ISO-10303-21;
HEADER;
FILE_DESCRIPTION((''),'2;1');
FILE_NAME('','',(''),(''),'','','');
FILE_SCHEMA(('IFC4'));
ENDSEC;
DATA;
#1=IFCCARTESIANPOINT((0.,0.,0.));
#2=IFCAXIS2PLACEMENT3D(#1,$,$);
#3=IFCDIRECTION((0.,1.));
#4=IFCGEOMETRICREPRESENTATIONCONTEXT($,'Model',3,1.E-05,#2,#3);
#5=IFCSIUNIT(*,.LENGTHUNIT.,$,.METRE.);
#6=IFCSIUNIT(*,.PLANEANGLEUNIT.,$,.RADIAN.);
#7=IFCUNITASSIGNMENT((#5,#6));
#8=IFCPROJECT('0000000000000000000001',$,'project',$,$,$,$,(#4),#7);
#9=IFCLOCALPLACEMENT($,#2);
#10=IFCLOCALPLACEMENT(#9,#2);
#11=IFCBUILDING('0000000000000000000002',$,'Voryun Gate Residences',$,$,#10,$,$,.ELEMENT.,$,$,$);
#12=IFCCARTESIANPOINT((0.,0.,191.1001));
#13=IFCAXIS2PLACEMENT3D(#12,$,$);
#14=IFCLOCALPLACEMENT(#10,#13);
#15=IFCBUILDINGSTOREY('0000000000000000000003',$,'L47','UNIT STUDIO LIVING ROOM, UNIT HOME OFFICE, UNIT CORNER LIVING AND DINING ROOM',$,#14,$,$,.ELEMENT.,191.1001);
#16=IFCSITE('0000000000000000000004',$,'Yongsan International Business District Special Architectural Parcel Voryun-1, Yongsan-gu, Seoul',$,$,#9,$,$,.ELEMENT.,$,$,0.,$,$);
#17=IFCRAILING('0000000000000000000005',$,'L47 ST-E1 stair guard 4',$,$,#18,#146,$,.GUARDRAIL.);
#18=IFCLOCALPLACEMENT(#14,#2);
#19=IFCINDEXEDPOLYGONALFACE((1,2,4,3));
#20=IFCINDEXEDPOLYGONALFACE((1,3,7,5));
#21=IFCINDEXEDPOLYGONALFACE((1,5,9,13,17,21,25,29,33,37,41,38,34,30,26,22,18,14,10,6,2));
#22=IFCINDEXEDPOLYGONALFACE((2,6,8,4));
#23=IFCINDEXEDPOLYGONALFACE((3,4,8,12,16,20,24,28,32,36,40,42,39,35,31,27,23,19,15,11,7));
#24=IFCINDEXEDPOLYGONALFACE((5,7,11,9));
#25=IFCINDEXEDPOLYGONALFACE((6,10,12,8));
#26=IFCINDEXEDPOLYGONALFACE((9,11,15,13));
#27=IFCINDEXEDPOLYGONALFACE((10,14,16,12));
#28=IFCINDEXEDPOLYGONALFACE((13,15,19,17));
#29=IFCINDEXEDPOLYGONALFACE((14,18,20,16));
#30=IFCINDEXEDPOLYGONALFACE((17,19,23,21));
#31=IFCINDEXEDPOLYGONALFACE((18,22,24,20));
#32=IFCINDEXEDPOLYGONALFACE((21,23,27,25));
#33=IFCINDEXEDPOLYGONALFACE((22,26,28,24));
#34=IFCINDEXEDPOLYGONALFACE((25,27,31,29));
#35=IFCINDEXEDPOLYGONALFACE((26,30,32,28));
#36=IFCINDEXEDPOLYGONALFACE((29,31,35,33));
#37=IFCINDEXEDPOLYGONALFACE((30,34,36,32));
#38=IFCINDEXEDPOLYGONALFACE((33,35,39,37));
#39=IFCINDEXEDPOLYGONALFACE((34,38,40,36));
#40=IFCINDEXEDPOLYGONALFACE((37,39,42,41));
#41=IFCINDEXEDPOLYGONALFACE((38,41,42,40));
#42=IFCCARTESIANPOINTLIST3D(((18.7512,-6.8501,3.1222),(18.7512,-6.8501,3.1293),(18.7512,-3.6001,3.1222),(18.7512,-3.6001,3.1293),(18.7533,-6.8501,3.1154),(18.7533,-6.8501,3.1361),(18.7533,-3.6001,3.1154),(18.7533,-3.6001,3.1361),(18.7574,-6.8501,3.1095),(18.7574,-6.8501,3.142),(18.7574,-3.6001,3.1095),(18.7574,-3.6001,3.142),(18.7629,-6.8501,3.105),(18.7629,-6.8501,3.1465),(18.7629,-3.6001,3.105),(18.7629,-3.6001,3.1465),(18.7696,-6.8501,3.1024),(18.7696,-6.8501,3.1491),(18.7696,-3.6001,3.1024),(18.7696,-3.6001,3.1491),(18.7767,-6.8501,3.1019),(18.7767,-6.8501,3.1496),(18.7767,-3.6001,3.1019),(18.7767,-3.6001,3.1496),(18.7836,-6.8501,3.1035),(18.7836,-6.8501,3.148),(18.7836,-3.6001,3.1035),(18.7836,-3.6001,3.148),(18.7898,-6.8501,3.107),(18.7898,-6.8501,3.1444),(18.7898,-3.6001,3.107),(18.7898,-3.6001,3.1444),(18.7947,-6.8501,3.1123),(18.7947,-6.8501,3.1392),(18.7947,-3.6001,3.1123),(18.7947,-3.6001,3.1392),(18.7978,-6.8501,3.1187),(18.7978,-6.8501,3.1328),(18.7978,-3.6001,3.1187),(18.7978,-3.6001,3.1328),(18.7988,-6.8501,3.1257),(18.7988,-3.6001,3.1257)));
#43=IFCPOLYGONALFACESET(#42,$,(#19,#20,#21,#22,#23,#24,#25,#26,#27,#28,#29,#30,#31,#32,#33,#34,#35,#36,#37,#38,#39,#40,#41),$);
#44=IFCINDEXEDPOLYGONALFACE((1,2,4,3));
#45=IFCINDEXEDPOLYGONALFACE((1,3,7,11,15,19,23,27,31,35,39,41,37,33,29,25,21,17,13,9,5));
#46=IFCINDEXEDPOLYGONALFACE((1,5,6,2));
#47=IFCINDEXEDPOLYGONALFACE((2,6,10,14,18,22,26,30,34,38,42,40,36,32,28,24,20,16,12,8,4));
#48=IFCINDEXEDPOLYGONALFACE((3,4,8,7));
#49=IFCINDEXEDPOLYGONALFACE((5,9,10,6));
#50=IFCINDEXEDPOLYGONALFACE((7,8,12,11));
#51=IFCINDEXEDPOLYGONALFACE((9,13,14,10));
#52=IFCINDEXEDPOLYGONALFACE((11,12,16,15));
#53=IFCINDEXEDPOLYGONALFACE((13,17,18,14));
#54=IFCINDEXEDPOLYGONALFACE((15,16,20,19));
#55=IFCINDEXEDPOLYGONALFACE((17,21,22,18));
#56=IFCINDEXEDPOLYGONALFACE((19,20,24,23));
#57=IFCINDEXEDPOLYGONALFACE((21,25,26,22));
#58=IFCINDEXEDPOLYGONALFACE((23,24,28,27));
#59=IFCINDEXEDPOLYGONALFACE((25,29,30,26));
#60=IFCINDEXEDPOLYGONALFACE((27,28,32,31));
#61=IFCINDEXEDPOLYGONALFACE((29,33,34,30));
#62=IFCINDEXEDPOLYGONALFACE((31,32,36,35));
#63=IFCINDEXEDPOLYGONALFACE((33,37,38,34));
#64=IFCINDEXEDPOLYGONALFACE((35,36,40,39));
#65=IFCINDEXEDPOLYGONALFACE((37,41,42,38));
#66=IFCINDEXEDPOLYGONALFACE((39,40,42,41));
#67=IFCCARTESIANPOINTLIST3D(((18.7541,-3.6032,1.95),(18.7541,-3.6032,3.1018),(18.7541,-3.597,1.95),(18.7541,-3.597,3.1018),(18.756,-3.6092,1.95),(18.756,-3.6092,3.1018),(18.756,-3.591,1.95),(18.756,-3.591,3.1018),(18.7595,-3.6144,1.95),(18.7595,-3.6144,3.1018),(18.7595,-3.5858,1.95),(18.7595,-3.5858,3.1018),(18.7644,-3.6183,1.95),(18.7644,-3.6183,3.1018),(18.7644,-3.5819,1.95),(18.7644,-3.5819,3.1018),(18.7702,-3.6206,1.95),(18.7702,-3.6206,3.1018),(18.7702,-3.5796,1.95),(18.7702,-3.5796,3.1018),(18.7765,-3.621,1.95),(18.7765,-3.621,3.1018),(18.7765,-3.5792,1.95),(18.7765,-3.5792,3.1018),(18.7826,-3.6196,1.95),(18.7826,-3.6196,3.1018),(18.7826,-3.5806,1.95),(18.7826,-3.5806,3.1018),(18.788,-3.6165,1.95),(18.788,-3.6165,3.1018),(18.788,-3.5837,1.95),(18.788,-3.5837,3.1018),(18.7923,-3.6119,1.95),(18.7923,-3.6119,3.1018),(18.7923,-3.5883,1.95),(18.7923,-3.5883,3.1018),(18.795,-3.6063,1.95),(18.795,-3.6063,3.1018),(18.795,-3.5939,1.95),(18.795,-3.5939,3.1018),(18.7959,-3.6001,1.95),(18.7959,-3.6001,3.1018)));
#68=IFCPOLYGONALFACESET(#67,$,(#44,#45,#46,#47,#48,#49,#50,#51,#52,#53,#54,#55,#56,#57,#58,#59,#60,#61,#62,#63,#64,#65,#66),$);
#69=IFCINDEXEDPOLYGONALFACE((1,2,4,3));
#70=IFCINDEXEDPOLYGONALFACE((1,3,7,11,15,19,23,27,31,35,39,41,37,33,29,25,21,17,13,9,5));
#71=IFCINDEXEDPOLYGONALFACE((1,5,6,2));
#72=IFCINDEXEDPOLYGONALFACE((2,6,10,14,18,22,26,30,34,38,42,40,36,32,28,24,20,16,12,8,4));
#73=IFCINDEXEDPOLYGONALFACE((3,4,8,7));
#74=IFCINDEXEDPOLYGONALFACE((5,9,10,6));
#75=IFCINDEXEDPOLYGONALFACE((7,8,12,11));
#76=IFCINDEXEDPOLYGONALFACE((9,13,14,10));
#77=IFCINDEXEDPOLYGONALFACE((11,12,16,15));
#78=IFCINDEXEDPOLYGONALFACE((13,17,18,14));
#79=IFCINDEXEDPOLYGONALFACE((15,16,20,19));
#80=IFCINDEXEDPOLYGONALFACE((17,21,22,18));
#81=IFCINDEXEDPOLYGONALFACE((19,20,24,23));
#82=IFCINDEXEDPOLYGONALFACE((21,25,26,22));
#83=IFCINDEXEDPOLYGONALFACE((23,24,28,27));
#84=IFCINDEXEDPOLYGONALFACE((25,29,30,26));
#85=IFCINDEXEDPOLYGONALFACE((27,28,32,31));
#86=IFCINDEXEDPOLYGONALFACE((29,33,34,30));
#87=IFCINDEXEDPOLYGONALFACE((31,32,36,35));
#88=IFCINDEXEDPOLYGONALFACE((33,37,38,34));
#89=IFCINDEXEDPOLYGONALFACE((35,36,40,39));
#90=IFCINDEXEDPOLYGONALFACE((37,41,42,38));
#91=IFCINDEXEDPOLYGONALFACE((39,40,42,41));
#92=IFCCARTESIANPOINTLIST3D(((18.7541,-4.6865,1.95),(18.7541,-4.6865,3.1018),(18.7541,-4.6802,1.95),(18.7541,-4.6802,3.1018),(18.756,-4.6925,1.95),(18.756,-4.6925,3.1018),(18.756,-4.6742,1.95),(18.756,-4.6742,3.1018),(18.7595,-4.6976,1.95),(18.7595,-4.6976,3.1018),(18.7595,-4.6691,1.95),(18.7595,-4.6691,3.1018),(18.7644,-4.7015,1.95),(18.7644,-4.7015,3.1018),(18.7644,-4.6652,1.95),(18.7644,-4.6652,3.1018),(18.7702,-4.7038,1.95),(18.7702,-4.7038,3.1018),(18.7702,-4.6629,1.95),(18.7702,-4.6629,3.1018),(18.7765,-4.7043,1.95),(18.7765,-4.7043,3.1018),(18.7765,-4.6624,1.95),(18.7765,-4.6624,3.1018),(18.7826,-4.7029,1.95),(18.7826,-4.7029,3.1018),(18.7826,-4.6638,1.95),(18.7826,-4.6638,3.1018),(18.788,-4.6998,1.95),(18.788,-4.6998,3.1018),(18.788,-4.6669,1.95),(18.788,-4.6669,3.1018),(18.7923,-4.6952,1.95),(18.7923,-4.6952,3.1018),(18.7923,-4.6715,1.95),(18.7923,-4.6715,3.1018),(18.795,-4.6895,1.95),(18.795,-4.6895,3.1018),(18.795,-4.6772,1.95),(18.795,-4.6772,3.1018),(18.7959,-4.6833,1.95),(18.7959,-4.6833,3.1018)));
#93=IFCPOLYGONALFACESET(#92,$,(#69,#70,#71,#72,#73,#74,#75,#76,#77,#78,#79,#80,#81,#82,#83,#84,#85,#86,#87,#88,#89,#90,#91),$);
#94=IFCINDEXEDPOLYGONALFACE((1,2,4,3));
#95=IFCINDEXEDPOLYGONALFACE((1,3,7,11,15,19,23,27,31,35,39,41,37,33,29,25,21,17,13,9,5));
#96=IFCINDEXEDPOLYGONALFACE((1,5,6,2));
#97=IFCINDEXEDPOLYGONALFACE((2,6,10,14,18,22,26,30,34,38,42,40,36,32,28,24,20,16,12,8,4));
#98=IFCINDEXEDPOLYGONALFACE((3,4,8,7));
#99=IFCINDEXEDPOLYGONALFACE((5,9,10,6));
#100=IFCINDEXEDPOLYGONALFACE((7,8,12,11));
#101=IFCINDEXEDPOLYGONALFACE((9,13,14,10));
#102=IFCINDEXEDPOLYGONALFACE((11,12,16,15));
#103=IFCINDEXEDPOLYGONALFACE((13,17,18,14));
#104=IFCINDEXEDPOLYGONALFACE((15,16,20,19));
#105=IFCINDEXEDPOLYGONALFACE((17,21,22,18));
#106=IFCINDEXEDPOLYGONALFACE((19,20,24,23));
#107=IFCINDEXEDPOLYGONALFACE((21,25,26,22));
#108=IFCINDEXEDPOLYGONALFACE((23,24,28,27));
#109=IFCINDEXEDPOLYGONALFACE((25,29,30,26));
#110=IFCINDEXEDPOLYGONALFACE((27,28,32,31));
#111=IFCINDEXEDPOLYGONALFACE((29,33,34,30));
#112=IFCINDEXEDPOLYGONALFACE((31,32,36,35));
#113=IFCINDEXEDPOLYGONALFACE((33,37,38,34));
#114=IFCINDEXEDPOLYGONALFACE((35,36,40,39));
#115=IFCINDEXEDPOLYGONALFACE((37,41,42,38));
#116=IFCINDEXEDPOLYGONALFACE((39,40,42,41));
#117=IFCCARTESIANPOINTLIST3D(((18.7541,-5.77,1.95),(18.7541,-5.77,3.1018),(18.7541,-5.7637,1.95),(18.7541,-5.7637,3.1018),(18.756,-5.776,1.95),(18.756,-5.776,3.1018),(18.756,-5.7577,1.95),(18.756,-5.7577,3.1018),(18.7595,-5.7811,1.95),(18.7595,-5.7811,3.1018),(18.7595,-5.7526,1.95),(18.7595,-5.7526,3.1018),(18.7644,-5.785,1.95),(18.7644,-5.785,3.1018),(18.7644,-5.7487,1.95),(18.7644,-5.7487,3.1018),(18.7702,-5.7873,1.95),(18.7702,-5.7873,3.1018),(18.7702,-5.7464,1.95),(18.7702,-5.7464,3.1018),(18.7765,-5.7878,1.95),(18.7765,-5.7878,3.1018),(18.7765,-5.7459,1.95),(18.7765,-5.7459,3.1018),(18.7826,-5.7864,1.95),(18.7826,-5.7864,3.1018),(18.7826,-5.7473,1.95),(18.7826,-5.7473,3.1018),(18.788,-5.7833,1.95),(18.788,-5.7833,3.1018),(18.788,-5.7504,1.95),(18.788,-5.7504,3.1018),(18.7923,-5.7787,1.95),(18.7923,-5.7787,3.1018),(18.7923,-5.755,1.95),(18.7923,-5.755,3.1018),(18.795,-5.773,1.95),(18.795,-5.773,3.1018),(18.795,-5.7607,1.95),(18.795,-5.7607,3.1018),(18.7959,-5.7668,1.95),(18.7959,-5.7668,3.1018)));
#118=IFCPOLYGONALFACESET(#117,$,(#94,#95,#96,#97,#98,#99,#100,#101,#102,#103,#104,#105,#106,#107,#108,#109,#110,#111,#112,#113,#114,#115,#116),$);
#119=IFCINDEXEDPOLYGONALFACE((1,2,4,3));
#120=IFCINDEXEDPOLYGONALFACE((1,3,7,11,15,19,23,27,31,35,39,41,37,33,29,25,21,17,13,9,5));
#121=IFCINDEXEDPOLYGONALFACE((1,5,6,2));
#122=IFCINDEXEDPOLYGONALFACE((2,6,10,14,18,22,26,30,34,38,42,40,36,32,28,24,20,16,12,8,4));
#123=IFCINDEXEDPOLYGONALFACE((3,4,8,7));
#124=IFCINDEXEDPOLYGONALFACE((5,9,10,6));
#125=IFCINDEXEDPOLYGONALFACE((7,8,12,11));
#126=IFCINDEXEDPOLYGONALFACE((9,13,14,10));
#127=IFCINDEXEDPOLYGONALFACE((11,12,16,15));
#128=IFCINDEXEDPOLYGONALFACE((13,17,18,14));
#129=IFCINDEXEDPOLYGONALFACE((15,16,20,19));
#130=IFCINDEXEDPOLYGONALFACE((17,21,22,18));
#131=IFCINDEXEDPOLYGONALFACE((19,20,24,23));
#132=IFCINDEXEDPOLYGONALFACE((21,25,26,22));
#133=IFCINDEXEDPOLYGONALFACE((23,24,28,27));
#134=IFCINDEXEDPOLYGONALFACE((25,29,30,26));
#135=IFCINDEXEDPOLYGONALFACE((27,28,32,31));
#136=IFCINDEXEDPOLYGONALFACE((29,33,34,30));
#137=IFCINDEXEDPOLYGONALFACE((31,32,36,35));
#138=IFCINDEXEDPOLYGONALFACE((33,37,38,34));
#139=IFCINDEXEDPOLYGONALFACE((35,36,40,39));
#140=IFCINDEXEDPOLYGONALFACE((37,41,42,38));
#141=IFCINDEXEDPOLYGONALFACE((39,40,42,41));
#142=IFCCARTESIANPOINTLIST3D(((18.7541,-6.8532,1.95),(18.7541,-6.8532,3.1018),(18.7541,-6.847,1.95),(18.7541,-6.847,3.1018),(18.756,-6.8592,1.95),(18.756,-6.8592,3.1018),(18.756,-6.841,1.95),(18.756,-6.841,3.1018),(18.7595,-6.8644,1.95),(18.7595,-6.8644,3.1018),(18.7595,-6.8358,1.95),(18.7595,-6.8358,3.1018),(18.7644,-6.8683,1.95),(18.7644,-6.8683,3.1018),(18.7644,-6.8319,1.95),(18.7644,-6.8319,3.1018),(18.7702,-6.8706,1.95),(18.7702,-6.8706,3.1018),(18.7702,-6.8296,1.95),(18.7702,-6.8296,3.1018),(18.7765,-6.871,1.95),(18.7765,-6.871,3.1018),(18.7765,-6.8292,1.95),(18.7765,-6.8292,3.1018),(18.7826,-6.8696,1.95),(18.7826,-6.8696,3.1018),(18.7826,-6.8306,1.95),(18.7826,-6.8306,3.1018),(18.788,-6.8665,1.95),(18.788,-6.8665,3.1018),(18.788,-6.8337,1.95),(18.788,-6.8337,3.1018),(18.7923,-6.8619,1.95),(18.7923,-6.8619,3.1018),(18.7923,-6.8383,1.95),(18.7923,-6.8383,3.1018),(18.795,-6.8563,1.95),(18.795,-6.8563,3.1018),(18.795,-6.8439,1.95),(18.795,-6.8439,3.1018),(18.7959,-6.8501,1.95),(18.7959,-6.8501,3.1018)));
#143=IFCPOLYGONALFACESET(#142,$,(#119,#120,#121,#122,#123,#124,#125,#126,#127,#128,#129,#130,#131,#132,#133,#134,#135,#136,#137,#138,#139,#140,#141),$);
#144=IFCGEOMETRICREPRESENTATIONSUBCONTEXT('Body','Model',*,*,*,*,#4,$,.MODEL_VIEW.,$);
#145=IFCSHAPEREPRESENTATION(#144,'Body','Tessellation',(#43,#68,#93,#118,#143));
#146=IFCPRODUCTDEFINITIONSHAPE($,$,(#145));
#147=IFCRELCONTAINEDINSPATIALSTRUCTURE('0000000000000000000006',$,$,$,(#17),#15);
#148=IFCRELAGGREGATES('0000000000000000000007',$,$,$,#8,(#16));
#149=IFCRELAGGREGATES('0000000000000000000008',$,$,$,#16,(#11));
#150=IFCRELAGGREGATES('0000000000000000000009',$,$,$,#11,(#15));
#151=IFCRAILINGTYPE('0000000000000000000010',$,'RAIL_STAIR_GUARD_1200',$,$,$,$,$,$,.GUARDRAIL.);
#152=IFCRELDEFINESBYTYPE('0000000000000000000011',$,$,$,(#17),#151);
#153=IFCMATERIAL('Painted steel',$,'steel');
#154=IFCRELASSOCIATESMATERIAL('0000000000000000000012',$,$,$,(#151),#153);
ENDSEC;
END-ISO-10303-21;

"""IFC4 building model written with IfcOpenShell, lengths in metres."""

from ifc_helpers import new_model, si_unit, direction, frame, origin, origin_2d, place, context, subcontext, project, spatial, circle, extrude, material, type_object, element, save


model = new_model("IFC4")

# Units and contexts
model_context = context("Model", 3, precision=1e-05, world=origin(), true_north=direction((0.0, 1.0)))
body_context = subcontext(model_context, "Body", "Model", "MODEL_VIEW")
ifc_project = project(units=[si_unit("LENGTHUNIT", "METRE"), si_unit("PLANEANGLEUNIT", "RADIAN")], contexts=[model_context])

# Site, building, storey
site_placement = place(None, origin())
site = spatial("IfcSite", under=ifc_project, at=site_placement, Name="Yongsan International Business District Special Architectural Parcel Voryun-1, Yongsan-gu, Seoul", CompositionType="ELEMENT", RefElevation=0.0)
building_placement = place(site_placement, origin())
building = spatial("IfcBuilding", under=site, at=building_placement, Name="Voryun Gate Residences", CompositionType="ELEMENT")
storey_placement = place(building_placement, frame((0.0, 0.0, 191.1001)))
storey = spatial("IfcBuildingStorey", under=building, at=storey_placement, Name="L47", Description="UNIT STUDIO LIVING ROOM, UNIT HOME OFFICE, UNIT CORNER LIVING AND DINING ROOM", CompositionType="ELEMENT", Elevation=191.1001)

# Railing
ifc_material_1 = material(Name="Painted steel", Category="steel")
railing_type_1 = type_object("IfcRailingType", Name="RAIL_STAIR_GUARD_1200", PredefinedType="GUARDRAIL", material=ifc_material_1)
railing_1_placement = place(storey_placement, frame((18.7749, -3.6001, 1.95)))
element("IfcRailing", 1, at=railing_1_placement, inside=storey, type_object=railing_type_1, Name="L47 ST-E1 stair guard 4", PredefinedType="GUARDRAIL", context=body_context, shape_type="SweptSolid", body=[
    extrude(circle(Radius=0.0239, at=origin_2d()), frame((0.0, 0.0, 1.1758), z_axis=(0.0, -1.0, 0.0), x_axis=(1.0, 0.0, 0.0)), (0.0, 0.0, 1.0), 3.25),
    extrude(circle(Radius=0.021, at=origin_2d()), origin(), (0.0, 0.0, 1.0), 1.1519),
    extrude(circle(Radius=0.021, at=origin_2d()), frame((0.0, -1.0833, 0.0)), (0.0, 0.0, 1.0), 1.1519),
    extrude(circle(Radius=0.021, at=origin_2d()), frame((0.0, -2.1667, 0.0)), (0.0, 0.0, 1.0), 1.1519),
    extrude(circle(Radius=0.021, at=origin_2d()), frame((0.0, -3.25, 0.0)), (0.0, 0.0, 1.0), 1.1519),
])

save(model, "model.ifc")
